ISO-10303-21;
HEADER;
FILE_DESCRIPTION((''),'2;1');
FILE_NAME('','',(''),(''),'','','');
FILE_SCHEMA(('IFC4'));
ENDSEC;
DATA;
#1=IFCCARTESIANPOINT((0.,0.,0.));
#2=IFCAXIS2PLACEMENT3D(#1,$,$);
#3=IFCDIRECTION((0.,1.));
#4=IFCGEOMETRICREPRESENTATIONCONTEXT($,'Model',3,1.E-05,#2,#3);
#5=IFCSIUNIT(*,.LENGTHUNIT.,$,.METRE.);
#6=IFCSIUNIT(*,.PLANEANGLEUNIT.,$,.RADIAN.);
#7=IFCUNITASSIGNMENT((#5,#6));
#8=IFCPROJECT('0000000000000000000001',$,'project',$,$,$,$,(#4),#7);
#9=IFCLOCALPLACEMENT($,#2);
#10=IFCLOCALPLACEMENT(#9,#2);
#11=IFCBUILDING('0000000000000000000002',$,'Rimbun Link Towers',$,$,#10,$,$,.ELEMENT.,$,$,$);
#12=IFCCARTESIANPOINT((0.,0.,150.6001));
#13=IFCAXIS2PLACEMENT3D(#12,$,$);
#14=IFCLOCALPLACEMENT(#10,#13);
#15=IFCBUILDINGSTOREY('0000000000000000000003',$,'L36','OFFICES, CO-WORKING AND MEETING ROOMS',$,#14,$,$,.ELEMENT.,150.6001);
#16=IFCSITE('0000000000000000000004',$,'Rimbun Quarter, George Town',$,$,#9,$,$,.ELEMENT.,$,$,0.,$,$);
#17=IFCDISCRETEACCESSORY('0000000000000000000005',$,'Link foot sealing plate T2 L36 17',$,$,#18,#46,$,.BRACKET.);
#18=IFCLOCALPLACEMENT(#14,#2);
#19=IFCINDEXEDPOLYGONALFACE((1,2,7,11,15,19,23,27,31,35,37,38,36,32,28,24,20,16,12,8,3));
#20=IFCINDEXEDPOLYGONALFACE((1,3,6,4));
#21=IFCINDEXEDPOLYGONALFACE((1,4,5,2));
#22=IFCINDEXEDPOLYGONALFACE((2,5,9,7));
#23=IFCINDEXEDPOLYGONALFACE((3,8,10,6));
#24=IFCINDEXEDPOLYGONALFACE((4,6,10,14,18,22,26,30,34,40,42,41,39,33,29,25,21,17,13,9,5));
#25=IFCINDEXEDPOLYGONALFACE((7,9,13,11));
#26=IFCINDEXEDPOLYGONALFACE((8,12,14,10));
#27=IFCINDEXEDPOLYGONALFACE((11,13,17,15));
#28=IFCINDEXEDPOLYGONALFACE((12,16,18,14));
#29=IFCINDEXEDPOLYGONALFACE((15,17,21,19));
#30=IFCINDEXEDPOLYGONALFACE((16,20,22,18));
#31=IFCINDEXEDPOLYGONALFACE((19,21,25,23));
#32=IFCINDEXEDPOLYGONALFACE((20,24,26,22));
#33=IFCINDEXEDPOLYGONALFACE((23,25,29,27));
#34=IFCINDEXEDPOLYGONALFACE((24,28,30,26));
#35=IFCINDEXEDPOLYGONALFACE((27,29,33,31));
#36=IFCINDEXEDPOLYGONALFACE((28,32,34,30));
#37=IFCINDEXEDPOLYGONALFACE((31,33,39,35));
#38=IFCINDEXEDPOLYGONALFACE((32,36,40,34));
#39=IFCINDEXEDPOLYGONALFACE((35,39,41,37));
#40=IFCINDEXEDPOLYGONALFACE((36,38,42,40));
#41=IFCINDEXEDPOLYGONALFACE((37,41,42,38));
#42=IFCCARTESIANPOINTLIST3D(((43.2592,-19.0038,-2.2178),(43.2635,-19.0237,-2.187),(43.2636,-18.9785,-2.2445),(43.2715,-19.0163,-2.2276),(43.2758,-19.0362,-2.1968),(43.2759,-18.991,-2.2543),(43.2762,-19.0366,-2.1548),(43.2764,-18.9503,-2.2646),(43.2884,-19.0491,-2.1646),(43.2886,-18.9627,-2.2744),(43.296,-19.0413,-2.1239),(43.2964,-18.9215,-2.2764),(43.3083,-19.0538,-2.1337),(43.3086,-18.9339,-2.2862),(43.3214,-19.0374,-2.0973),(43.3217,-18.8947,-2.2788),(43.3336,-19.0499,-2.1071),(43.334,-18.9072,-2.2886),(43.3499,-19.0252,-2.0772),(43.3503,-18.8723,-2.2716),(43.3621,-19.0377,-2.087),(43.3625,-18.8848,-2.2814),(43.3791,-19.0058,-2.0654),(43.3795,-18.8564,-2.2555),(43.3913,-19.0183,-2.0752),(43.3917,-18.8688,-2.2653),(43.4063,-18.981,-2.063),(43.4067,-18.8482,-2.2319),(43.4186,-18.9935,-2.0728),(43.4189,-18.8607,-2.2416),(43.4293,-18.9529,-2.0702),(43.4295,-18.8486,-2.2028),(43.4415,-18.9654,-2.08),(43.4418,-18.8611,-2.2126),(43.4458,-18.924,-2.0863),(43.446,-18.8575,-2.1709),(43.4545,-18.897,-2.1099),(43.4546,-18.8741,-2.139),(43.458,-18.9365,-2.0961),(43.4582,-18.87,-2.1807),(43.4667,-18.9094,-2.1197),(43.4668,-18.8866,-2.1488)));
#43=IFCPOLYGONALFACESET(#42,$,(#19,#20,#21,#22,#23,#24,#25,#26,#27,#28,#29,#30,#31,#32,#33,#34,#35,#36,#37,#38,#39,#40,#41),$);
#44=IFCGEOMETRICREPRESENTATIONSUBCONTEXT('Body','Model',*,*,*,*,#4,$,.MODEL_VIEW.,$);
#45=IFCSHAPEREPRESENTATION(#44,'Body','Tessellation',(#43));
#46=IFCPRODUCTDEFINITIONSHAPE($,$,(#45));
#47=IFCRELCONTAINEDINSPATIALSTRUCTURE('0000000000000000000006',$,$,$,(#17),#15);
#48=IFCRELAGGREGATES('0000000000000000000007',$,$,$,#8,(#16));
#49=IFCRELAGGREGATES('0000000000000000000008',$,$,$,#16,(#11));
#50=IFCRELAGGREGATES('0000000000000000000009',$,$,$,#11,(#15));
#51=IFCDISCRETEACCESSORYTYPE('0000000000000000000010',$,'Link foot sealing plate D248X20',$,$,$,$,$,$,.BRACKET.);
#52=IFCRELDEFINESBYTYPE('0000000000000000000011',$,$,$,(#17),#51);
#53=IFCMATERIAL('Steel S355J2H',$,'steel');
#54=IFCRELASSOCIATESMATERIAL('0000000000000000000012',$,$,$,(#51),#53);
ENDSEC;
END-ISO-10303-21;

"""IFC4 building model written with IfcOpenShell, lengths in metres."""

from ifc_helpers import new_model, si_unit, direction, frame, origin, origin_2d, place, context, subcontext, project, spatial, circle, extrude, material, material_profile, profile_set, type_object, element, save


model = new_model("IFC4")

# Units and contexts
model_context = context("Model", 3, precision=1e-05, world=origin(), true_north=direction((0.0, 1.0)))
body_context = subcontext(model_context, "Body", "Model", "MODEL_VIEW")
ifc_project = project(units=[si_unit("LENGTHUNIT", "METRE"), si_unit("PLANEANGLEUNIT", "RADIAN")], contexts=[model_context])

# Site, building, storey
site_placement = place(None, origin())
site = spatial("IfcSite", under=ifc_project, at=site_placement, Name="Rimbun Quarter, George Town", CompositionType="ELEMENT", RefElevation=0.0)
building_placement = place(site_placement, origin())
building = spatial("IfcBuilding", under=site, at=building_placement, Name="Rimbun Link Towers", CompositionType="ELEMENT")
storey_placement = place(building_placement, frame((0.0, 0.0, 150.6001)))
storey = spatial("IfcBuildingStorey", under=building, at=storey_placement, Name="L36", Description="OFFICES, CO-WORKING AND MEETING ROOMS", CompositionType="ELEMENT", Elevation=150.6001)

# Discrete accessory
ifc_material_1 = material(Name="Steel S355J2H", Category="steel")
ifc_material_profile_1 = material_profile(ifc_material_1, circle(Radius=0.124, at=origin_2d()), Name="PL D248")
ifc_profile_set_1 = profile_set([ifc_material_profile_1], Name="Steel S355J2H")
discrete_accessory_type = type_object("IfcDiscreteAccessoryType", Name="Link foot sealing plate D248X20", PredefinedType="BRACKET", material=ifc_profile_set_1)
discrete_accessory_placement = place(storey_placement, frame((43.3574, -18.9443, -2.1709), z_axis=(0.610802, -0.623018, -0.488641), x_axis=(0.714073, 0.700071, 0.0)))
element("IfcDiscreteAccessory", 1, at=discrete_accessory_placement, inside=storey, type_object=discrete_accessory_type, Name="Link foot sealing plate T2 L36 17", PredefinedType="BRACKET", context=body_context, shape_type="SweptSolid", body=[
    extrude(circle(Radius=0.124, at=origin_2d()), origin(), (0.0, 0.0, 1.0), 0.02),
])

save(model, "model.ifc")
